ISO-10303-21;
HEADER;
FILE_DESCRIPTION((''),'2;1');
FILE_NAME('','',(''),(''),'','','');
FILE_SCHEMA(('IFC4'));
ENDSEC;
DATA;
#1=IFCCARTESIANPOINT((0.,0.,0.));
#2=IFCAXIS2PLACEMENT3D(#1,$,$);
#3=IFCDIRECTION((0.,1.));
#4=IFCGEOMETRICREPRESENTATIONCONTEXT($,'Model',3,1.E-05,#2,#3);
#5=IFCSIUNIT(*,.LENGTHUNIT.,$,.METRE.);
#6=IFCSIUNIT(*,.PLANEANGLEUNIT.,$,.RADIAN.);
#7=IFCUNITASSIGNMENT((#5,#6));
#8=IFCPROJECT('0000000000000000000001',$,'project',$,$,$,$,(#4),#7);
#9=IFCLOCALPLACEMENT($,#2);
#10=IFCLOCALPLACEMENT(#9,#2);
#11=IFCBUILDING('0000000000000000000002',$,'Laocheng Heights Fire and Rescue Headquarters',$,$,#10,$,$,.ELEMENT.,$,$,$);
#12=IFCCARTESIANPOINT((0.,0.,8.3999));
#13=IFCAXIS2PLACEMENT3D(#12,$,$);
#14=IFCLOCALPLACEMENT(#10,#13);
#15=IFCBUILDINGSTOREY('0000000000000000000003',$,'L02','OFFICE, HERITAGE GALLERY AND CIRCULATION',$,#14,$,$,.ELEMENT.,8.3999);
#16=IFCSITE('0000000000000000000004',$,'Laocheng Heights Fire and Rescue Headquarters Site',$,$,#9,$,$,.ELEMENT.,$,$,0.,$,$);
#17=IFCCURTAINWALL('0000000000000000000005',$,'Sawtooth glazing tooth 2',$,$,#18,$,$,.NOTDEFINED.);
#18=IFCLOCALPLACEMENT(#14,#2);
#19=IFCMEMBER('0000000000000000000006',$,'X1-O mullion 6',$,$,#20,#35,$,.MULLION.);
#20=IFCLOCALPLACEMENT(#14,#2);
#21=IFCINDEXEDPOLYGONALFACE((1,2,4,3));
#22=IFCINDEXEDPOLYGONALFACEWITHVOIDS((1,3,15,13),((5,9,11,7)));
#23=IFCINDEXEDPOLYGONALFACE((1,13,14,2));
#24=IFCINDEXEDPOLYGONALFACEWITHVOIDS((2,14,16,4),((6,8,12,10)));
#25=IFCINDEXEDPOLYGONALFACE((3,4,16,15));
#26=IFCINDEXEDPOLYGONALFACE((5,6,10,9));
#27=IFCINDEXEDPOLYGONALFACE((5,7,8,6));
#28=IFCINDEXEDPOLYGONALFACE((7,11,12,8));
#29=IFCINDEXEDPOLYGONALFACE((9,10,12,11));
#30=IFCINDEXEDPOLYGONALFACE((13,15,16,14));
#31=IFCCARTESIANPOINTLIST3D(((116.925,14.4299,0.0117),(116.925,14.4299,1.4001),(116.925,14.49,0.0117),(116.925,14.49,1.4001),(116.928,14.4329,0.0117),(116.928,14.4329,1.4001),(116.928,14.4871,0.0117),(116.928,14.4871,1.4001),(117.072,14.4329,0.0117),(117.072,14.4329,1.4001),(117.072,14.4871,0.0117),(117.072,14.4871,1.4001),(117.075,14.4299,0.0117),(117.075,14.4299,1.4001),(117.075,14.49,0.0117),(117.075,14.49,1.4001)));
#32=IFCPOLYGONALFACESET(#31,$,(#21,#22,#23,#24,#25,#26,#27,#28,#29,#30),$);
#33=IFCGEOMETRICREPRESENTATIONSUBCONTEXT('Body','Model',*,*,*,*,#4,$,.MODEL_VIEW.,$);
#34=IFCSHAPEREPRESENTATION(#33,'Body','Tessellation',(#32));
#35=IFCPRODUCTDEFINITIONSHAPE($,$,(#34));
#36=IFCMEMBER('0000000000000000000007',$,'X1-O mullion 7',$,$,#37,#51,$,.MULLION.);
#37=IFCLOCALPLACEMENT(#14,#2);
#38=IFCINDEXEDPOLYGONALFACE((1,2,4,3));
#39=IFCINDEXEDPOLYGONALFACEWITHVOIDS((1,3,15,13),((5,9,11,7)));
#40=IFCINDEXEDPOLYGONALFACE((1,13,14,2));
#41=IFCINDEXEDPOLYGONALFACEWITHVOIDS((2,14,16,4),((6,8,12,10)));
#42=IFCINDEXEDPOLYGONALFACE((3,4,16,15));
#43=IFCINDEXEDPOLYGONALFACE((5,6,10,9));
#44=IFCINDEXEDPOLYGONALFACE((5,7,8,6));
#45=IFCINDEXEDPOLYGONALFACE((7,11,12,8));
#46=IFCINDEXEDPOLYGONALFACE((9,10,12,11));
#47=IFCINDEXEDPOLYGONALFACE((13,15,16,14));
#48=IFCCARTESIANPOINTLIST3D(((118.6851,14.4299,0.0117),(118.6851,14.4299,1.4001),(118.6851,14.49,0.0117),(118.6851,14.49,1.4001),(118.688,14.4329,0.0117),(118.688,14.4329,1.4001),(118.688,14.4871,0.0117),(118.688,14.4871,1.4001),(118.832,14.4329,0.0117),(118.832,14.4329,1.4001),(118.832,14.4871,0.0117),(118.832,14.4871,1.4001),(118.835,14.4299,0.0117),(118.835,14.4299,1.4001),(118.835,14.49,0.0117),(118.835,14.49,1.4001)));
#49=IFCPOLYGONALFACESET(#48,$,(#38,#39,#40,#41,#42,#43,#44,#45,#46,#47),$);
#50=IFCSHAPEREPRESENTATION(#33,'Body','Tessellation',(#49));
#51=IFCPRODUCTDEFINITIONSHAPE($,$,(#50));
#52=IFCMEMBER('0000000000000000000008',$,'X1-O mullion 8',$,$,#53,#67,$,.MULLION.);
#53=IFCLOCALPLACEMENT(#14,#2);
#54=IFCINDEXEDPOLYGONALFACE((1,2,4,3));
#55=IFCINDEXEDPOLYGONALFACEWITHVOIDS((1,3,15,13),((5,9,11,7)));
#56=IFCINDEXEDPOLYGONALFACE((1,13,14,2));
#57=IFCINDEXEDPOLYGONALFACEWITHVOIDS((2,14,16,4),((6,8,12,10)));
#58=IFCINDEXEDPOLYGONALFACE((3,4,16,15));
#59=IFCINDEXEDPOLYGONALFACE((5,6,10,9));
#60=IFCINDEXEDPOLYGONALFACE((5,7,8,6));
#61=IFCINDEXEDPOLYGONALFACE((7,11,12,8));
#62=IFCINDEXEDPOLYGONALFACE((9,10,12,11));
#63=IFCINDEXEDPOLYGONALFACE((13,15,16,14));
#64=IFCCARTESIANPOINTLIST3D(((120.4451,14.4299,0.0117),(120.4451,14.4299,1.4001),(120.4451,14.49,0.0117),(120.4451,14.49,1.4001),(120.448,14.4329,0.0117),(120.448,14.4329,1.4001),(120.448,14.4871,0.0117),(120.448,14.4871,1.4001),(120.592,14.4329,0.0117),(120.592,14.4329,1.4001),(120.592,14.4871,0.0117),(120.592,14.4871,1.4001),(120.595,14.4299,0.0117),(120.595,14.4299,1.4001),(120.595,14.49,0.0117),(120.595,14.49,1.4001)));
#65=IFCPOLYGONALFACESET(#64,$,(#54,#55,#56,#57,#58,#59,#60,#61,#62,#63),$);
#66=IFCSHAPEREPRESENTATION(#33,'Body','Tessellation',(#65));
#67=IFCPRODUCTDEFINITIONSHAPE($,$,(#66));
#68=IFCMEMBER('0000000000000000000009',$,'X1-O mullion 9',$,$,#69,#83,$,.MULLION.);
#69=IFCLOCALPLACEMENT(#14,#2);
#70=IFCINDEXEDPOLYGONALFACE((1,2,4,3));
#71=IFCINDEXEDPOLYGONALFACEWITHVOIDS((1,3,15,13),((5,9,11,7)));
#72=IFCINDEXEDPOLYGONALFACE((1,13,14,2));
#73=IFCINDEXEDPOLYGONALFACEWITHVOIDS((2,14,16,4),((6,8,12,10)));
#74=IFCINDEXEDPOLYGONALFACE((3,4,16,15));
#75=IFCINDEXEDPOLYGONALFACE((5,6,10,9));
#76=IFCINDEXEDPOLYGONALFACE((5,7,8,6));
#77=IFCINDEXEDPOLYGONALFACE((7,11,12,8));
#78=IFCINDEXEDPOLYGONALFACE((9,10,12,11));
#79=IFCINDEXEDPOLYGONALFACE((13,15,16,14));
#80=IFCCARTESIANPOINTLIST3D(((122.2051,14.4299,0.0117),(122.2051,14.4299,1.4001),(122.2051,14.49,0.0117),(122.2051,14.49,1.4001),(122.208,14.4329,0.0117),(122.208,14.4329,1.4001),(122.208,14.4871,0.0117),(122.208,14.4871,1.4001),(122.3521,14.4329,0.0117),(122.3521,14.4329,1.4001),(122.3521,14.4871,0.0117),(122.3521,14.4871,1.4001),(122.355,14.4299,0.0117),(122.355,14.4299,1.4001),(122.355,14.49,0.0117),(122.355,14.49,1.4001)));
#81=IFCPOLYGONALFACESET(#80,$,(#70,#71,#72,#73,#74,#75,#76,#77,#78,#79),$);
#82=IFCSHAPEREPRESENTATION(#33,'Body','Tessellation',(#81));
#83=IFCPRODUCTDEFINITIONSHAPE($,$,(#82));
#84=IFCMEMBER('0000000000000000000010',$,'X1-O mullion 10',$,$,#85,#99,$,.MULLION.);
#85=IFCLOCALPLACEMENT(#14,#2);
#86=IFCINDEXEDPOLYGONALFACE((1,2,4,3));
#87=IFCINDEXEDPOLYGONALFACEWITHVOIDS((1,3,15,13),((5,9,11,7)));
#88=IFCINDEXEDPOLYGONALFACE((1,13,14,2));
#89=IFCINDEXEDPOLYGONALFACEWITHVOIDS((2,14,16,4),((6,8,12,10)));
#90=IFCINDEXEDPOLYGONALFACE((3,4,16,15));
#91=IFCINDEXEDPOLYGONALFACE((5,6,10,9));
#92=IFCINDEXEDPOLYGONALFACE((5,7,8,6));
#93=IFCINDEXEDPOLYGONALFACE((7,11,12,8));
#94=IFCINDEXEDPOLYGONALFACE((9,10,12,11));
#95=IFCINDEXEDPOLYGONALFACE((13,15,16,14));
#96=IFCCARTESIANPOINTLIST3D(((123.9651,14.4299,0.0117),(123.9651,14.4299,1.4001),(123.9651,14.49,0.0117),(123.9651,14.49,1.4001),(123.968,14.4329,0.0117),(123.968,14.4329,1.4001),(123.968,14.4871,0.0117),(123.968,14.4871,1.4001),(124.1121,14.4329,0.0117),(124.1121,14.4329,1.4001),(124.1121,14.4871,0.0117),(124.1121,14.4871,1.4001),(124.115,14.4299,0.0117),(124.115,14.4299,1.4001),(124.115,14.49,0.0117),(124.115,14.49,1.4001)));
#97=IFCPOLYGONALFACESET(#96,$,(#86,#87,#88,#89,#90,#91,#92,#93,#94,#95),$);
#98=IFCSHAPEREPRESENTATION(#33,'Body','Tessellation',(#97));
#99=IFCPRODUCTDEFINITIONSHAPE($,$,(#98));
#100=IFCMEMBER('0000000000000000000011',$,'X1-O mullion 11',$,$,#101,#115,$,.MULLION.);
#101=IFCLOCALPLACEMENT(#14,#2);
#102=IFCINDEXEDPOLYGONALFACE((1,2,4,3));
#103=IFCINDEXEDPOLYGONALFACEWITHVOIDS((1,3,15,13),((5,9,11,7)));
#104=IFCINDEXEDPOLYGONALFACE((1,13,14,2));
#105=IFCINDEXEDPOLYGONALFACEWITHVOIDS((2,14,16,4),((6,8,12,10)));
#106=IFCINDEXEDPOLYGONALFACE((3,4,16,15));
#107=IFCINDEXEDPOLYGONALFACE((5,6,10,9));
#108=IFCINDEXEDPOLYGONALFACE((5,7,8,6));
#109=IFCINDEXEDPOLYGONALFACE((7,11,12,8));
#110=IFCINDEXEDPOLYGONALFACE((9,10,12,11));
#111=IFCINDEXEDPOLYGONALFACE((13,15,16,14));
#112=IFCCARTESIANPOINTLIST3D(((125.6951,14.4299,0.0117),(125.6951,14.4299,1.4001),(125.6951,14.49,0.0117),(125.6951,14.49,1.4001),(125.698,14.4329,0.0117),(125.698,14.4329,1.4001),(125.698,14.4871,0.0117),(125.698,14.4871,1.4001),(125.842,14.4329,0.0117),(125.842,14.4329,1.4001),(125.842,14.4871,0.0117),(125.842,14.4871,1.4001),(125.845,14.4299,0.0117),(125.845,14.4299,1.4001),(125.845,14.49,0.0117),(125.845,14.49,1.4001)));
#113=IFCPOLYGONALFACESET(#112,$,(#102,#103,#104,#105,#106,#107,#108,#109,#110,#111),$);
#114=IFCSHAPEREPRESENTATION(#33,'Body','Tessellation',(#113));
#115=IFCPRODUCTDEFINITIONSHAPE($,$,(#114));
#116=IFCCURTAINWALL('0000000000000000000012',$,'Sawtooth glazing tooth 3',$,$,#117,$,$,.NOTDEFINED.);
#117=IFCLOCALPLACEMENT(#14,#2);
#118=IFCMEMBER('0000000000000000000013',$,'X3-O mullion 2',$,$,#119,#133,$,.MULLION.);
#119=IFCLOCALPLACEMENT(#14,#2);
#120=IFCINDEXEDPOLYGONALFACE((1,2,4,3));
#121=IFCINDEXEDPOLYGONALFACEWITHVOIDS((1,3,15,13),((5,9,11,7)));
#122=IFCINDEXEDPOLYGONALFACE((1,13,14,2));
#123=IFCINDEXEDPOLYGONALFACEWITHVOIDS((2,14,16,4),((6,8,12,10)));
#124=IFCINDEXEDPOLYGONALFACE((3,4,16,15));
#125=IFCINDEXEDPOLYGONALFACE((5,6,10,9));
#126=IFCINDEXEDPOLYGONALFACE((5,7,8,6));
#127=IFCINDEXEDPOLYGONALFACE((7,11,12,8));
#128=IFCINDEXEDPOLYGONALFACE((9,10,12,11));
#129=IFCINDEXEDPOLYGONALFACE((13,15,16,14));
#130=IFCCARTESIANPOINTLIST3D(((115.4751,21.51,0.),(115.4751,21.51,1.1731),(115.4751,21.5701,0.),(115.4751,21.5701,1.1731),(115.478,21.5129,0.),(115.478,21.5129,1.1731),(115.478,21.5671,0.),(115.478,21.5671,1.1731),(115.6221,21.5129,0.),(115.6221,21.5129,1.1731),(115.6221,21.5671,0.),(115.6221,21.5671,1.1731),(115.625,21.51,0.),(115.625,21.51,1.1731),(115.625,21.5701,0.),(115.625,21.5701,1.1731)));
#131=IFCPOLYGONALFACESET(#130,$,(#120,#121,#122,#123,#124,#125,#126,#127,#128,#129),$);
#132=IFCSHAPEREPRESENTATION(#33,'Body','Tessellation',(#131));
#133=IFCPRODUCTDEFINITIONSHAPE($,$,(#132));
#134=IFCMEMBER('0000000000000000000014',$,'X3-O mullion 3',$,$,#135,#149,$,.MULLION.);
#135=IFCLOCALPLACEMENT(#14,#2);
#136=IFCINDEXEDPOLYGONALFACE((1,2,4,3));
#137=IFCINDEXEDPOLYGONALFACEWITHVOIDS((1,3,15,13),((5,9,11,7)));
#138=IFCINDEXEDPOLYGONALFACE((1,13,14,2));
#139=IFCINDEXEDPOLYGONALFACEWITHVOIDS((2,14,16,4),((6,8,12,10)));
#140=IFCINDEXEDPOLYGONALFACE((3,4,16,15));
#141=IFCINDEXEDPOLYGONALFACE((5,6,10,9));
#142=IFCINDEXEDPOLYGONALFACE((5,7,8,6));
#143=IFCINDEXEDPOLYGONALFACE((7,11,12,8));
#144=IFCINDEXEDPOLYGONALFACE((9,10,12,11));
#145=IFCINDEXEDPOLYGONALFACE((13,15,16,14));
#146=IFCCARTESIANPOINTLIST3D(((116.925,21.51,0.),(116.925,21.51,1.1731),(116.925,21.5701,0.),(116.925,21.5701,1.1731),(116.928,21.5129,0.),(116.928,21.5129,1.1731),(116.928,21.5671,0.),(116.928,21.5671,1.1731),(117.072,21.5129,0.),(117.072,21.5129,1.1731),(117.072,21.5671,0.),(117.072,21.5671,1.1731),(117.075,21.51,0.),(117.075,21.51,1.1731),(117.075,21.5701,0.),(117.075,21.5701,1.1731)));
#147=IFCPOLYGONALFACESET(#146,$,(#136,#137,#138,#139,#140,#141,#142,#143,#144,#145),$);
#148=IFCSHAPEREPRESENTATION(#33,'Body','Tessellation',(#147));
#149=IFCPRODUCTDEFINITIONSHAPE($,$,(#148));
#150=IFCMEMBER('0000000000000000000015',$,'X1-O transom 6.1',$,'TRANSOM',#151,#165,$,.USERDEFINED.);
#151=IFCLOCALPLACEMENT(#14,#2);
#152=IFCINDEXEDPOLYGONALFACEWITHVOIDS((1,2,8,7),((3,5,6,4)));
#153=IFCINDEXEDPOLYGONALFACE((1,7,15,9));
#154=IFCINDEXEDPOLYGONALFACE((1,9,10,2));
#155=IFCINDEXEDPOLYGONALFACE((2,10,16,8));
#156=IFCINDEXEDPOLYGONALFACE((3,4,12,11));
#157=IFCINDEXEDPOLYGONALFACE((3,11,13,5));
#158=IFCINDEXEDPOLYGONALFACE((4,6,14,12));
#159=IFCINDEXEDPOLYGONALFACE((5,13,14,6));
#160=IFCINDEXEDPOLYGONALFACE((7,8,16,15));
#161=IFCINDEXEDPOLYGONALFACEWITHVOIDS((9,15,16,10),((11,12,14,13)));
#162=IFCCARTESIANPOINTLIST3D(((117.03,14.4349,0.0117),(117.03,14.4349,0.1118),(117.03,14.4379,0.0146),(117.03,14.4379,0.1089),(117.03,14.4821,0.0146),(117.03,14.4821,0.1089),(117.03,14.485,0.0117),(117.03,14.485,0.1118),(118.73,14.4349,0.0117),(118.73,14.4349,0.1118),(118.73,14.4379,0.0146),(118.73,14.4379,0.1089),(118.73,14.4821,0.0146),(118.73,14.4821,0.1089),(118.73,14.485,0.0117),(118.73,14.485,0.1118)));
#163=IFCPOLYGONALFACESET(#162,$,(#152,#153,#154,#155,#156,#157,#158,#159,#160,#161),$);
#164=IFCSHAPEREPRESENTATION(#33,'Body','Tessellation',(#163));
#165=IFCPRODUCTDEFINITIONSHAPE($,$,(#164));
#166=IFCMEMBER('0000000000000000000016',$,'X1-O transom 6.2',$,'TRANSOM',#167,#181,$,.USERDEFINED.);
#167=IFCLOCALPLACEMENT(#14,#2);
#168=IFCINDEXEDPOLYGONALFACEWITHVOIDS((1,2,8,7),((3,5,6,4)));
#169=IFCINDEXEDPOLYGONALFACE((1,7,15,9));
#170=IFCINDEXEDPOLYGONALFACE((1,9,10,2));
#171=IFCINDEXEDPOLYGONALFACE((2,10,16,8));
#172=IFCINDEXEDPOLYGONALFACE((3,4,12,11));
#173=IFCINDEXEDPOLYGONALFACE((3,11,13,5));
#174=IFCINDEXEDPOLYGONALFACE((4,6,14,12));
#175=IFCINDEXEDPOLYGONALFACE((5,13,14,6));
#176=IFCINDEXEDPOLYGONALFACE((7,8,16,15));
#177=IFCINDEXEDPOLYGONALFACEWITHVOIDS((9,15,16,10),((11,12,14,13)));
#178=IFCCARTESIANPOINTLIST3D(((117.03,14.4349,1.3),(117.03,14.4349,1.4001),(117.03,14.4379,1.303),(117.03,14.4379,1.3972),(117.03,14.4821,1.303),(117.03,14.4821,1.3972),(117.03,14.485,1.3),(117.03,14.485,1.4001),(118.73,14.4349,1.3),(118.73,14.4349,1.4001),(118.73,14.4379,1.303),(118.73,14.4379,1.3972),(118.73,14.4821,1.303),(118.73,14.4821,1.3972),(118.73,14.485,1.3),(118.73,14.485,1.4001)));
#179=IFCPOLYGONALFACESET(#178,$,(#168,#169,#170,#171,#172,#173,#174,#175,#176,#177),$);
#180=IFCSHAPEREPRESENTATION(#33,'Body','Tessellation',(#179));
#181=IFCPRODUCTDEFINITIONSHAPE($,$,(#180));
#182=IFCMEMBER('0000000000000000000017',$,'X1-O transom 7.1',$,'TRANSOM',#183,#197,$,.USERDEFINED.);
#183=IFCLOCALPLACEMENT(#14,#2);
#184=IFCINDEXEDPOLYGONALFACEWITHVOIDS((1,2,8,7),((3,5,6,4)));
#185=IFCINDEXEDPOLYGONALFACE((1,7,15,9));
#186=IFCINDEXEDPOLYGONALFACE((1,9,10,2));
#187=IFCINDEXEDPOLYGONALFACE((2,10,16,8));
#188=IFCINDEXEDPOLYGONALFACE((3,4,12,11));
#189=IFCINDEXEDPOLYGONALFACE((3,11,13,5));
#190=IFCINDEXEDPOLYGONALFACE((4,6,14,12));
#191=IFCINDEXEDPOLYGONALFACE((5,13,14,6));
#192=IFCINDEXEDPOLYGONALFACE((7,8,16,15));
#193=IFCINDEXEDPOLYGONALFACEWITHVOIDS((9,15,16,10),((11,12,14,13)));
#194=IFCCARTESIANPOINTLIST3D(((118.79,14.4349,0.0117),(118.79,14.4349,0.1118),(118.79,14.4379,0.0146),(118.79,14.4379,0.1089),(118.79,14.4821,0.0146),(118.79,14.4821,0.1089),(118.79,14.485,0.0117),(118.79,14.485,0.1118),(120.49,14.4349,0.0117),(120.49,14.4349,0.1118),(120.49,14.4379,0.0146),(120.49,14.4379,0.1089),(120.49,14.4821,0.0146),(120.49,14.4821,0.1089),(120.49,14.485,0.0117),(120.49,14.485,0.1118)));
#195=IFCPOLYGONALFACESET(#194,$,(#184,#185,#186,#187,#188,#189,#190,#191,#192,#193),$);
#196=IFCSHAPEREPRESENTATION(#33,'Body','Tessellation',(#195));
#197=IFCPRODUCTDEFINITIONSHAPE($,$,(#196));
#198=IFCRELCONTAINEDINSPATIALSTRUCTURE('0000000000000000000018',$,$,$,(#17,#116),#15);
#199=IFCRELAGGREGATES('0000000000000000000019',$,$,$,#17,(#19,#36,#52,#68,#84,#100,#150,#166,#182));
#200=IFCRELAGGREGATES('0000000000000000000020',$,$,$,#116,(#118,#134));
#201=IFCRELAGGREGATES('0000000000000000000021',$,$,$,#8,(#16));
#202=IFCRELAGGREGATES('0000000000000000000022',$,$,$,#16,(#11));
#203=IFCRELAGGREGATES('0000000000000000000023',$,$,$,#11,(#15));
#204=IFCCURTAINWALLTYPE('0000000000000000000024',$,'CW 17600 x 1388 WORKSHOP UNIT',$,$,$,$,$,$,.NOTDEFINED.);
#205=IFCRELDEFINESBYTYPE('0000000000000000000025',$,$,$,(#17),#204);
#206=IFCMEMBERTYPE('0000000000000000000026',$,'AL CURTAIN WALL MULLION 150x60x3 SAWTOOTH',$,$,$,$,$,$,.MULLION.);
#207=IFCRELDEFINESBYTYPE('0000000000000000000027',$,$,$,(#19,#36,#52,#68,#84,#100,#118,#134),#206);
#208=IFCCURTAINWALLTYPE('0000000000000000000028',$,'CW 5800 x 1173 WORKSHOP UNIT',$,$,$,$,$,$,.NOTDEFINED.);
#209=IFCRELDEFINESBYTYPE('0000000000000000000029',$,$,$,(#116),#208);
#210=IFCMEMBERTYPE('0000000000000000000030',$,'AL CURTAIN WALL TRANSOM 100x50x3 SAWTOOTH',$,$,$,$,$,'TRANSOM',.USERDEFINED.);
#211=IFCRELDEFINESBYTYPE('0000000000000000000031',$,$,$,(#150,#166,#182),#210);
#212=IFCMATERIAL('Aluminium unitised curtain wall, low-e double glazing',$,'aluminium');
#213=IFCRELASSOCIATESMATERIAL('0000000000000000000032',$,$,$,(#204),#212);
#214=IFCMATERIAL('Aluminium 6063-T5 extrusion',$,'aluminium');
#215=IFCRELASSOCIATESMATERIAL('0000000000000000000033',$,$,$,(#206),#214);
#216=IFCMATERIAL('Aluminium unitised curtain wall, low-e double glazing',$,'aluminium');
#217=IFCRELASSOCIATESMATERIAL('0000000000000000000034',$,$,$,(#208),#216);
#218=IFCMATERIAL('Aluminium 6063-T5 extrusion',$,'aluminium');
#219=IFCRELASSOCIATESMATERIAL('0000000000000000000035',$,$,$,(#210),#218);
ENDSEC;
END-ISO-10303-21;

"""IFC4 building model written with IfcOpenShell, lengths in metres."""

from ifc_helpers import new_model, si_unit, direction, frame, origin, origin_2d, place, context, subcontext, project, spatial, hollow_rectangle, extrude, material, material_profile, profile_set, type_object, element, aggregate, save


model = new_model("IFC4")

# Units and contexts
model_context = context("Model", 3, precision=1e-05, world=origin(), true_north=direction((0.0, 1.0)))
body_context = subcontext(model_context, "Body", "Model", "MODEL_VIEW")
ifc_project = project(units=[si_unit("LENGTHUNIT", "METRE"), si_unit("PLANEANGLEUNIT", "RADIAN")], contexts=[model_context])

# Site, building, storey
site_placement = place(None, origin())
site = spatial("IfcSite", under=ifc_project, at=site_placement, Name="Laocheng Heights Fire and Rescue Headquarters Site", CompositionType="ELEMENT", RefElevation=0.0)
building_placement = place(site_placement, origin())
building = spatial("IfcBuilding", under=site, at=building_placement, Name="Laocheng Heights Fire and Rescue Headquarters", CompositionType="ELEMENT")
storey_placement = place(building_placement, frame((0.0, 0.0, 8.3999)))
storey = spatial("IfcBuildingStorey", under=building, at=storey_placement, Name="L02", Description="OFFICE, HERITAGE GALLERY AND CIRCULATION", CompositionType="ELEMENT", Elevation=8.3999)

# Curtain walls, members
ifc_material_1 = material(Name="Aluminium unitised curtain wall, low-e double glazing", Category="aluminium")
curtain_wall_type_1 = type_object("IfcCurtainWallType", Name="CW 17600 x 1388 WORKSHOP UNIT", PredefinedType="NOTDEFINED", material=ifc_material_1)
curtain_wall_1_placement = place(storey_placement, origin())
curtain_wall_1 = element("IfcCurtainWall", 1, at=curtain_wall_1_placement, inside=storey, type_object=curtain_wall_type_1, Name="Sawtooth glazing tooth 2", PredefinedType="NOTDEFINED")
ifc_material_2 = material(Name="Aluminium 6063-T5 extrusion", Category="aluminium")
ifc_material_profile_1 = material_profile(ifc_material_2, hollow_rectangle(XDim=0.0601, YDim=0.1499, WallThickness=0.0029, at=origin_2d()), Name="AL MULLION 150x60x3")
ifc_profile_set_1 = profile_set([ifc_material_profile_1], Name="Aluminium 6063-T5 extrusion")
member_type_1 = type_object("IfcMemberType", Name="AL CURTAIN WALL MULLION 150x60x3 SAWTOOTH", PredefinedType="MULLION", material=ifc_profile_set_1)
member_1_placement = place(storey_placement, frame((117.0, 14.46, 0.0117), z_axis=(0.0, 0.0, 1.0), x_axis=(0.0, 1.0, 0.0)))
member_1 = element("IfcMember", 2, at=member_1_placement, type_object=member_type_1, Name="X1-O mullion 6", PredefinedType="MULLION", context=body_context, shape_type="SweptSolid", body=[
    extrude(hollow_rectangle(XDim=0.0601, YDim=0.1499, WallThickness=0.0029, at=origin_2d()), origin(), (0.0, 0.0, 1.0), 1.3884),
])
member_2_placement = place(storey_placement, frame((118.76, 14.46, 0.0117), z_axis=(0.0, 0.0, 1.0), x_axis=(0.0, 1.0, 0.0)))
member_2 = element("IfcMember", 3, at=member_2_placement, type_object=member_type_1, Name="X1-O mullion 7", PredefinedType="MULLION", context=body_context, shape_type="SweptSolid", body=[
    extrude(hollow_rectangle(XDim=0.0601, YDim=0.1499, WallThickness=0.0029, at=origin_2d()), origin(), (0.0, 0.0, 1.0), 1.3884),
])
member_3_placement = place(storey_placement, frame((120.52, 14.46, 0.0117), z_axis=(0.0, 0.0, 1.0), x_axis=(0.0, 1.0, 0.0)))
member_3 = element("IfcMember", 4, at=member_3_placement, type_object=member_type_1, Name="X1-O mullion 8", PredefinedType="MULLION", context=body_context, shape_type="SweptSolid", body=[
    extrude(hollow_rectangle(XDim=0.0601, YDim=0.1499, WallThickness=0.0029, at=origin_2d()), origin(), (0.0, 0.0, 1.0), 1.3884),
])
member_4_placement = place(storey_placement, frame((122.28, 14.46, 0.0117), z_axis=(0.0, 0.0, 1.0), x_axis=(0.0, 1.0, 0.0)))
member_4 = element("IfcMember", 5, at=member_4_placement, type_object=member_type_1, Name="X1-O mullion 9", PredefinedType="MULLION", context=body_context, shape_type="SweptSolid", body=[
    extrude(hollow_rectangle(XDim=0.0601, YDim=0.1499, WallThickness=0.0029, at=origin_2d()), origin(), (0.0, 0.0, 1.0), 1.3884),
])
member_5_placement = place(storey_placement, frame((124.04, 14.46, 0.0117), z_axis=(0.0, 0.0, 1.0), x_axis=(0.0, 1.0, 0.0)))
member_5 = element("IfcMember", 6, at=member_5_placement, type_object=member_type_1, Name="X1-O mullion 10", PredefinedType="MULLION", context=body_context, shape_type="SweptSolid", body=[
    extrude(hollow_rectangle(XDim=0.0601, YDim=0.1499, WallThickness=0.0029, at=origin_2d()), origin(), (0.0, 0.0, 1.0), 1.3884),
])
member_6_placement = place(storey_placement, frame((125.77, 14.46, 0.0117), z_axis=(0.0, 0.0, 1.0), x_axis=(0.0, 1.0, 0.0)))
member_6 = element("IfcMember", 7, at=member_6_placement, type_object=member_type_1, Name="X1-O mullion 11", PredefinedType="MULLION", context=body_context, shape_type="SweptSolid", body=[
    extrude(hollow_rectangle(XDim=0.0601, YDim=0.1499, WallThickness=0.0029, at=origin_2d()), origin(), (0.0, 0.0, 1.0), 1.3884),
])
ifc_material_3 = material(Name="Aluminium unitised curtain wall, low-e double glazing", Category="aluminium")
curtain_wall_type_2 = type_object("IfcCurtainWallType", Name="CW 5800 x 1173 WORKSHOP UNIT", PredefinedType="NOTDEFINED", material=ifc_material_3)
curtain_wall_2_placement = place(storey_placement, origin())
curtain_wall_2 = element("IfcCurtainWall", 8, at=curtain_wall_2_placement, inside=storey, type_object=curtain_wall_type_2, Name="Sawtooth glazing tooth 3", PredefinedType="NOTDEFINED")
member_7_placement = place(storey_placement, frame((115.55, 21.54, 0.0), z_axis=(0.0, 0.0, 1.0), x_axis=(0.0, 1.0, 0.0)))
member_7 = element("IfcMember", 9, at=member_7_placement, type_object=member_type_1, Name="X3-O mullion 2", PredefinedType="MULLION", context=body_context, shape_type="SweptSolid", body=[
    extrude(hollow_rectangle(XDim=0.0601, YDim=0.1499, WallThickness=0.0029, at=origin_2d()), origin(), (0.0, 0.0, 1.0), 1.1731),
])
member_8_placement = place(storey_placement, frame((117.0, 21.54, 0.0), z_axis=(0.0, 0.0, 1.0), x_axis=(0.0, 1.0, 0.0)))
member_8 = element("IfcMember", 10, at=member_8_placement, type_object=member_type_1, Name="X3-O mullion 3", PredefinedType="MULLION", context=body_context, shape_type="SweptSolid", body=[
    extrude(hollow_rectangle(XDim=0.0601, YDim=0.1499, WallThickness=0.0029, at=origin_2d()), origin(), (0.0, 0.0, 1.0), 1.1731),
])

# Members
ifc_material_4 = material(Name="Aluminium 6063-T5 extrusion", Category="aluminium")
ifc_material_profile_2 = material_profile(ifc_material_4, hollow_rectangle(XDim=0.05, YDim=0.1001, WallThickness=0.0029, at=origin_2d()), Name="AL TRANSOM 100x50x3")
ifc_profile_set_2 = profile_set([ifc_material_profile_2], Name="Aluminium 6063-T5 extrusion")
member_type_2 = type_object("IfcMemberType", Name="AL CURTAIN WALL TRANSOM 100x50x3 SAWTOOTH", ElementType="TRANSOM", PredefinedType="USERDEFINED", material=ifc_profile_set_2)
member_9_placement = place(storey_placement, frame((117.03, 14.46, 0.0618), z_axis=(1.0, 0.0, 0.0), x_axis=(0.0, 1.0, 0.0)))
member_9 = element("IfcMember", 11, at=member_9_placement, type_object=member_type_2, Name="X1-O transom 6.1", ObjectType="TRANSOM", PredefinedType="USERDEFINED", context=body_context, shape_type="SweptSolid", body=[
    extrude(hollow_rectangle(XDim=0.05, YDim=0.1001, WallThickness=0.0029, at=origin_2d()), origin(), (0.0, 0.0, 1.0), 1.7),
])
member_10_placement = place(storey_placement, frame((117.03, 14.46, 1.3501), z_axis=(1.0, 0.0, 0.0), x_axis=(0.0, 1.0, 0.0)))
member_10 = element("IfcMember", 12, at=member_10_placement, type_object=member_type_2, Name="X1-O transom 6.2", ObjectType="TRANSOM", PredefinedType="USERDEFINED", context=body_context, shape_type="SweptSolid", body=[
    extrude(hollow_rectangle(XDim=0.05, YDim=0.1001, WallThickness=0.0029, at=origin_2d()), origin(), (0.0, 0.0, 1.0), 1.7),
])
member_11_placement = place(storey_placement, frame((118.79, 14.46, 0.0618), z_axis=(1.0, 0.0, 0.0), x_axis=(0.0, 1.0, 0.0)))
member_11 = element("IfcMember", 13, at=member_11_placement, type_object=member_type_2, Name="X1-O transom 7.1", ObjectType="TRANSOM", PredefinedType="USERDEFINED", context=body_context, shape_type="SweptSolid", body=[
    extrude(hollow_rectangle(XDim=0.05, YDim=0.1001, WallThickness=0.0029, at=origin_2d()), origin(), (0.0, 0.0, 1.0), 1.7),
])

aggregate(curtain_wall_1, [member_1, member_2, member_3, member_4, member_5, member_6, member_9, member_10, member_11])
aggregate(curtain_wall_2, [member_7, member_8])

save(model, "model.ifc")
